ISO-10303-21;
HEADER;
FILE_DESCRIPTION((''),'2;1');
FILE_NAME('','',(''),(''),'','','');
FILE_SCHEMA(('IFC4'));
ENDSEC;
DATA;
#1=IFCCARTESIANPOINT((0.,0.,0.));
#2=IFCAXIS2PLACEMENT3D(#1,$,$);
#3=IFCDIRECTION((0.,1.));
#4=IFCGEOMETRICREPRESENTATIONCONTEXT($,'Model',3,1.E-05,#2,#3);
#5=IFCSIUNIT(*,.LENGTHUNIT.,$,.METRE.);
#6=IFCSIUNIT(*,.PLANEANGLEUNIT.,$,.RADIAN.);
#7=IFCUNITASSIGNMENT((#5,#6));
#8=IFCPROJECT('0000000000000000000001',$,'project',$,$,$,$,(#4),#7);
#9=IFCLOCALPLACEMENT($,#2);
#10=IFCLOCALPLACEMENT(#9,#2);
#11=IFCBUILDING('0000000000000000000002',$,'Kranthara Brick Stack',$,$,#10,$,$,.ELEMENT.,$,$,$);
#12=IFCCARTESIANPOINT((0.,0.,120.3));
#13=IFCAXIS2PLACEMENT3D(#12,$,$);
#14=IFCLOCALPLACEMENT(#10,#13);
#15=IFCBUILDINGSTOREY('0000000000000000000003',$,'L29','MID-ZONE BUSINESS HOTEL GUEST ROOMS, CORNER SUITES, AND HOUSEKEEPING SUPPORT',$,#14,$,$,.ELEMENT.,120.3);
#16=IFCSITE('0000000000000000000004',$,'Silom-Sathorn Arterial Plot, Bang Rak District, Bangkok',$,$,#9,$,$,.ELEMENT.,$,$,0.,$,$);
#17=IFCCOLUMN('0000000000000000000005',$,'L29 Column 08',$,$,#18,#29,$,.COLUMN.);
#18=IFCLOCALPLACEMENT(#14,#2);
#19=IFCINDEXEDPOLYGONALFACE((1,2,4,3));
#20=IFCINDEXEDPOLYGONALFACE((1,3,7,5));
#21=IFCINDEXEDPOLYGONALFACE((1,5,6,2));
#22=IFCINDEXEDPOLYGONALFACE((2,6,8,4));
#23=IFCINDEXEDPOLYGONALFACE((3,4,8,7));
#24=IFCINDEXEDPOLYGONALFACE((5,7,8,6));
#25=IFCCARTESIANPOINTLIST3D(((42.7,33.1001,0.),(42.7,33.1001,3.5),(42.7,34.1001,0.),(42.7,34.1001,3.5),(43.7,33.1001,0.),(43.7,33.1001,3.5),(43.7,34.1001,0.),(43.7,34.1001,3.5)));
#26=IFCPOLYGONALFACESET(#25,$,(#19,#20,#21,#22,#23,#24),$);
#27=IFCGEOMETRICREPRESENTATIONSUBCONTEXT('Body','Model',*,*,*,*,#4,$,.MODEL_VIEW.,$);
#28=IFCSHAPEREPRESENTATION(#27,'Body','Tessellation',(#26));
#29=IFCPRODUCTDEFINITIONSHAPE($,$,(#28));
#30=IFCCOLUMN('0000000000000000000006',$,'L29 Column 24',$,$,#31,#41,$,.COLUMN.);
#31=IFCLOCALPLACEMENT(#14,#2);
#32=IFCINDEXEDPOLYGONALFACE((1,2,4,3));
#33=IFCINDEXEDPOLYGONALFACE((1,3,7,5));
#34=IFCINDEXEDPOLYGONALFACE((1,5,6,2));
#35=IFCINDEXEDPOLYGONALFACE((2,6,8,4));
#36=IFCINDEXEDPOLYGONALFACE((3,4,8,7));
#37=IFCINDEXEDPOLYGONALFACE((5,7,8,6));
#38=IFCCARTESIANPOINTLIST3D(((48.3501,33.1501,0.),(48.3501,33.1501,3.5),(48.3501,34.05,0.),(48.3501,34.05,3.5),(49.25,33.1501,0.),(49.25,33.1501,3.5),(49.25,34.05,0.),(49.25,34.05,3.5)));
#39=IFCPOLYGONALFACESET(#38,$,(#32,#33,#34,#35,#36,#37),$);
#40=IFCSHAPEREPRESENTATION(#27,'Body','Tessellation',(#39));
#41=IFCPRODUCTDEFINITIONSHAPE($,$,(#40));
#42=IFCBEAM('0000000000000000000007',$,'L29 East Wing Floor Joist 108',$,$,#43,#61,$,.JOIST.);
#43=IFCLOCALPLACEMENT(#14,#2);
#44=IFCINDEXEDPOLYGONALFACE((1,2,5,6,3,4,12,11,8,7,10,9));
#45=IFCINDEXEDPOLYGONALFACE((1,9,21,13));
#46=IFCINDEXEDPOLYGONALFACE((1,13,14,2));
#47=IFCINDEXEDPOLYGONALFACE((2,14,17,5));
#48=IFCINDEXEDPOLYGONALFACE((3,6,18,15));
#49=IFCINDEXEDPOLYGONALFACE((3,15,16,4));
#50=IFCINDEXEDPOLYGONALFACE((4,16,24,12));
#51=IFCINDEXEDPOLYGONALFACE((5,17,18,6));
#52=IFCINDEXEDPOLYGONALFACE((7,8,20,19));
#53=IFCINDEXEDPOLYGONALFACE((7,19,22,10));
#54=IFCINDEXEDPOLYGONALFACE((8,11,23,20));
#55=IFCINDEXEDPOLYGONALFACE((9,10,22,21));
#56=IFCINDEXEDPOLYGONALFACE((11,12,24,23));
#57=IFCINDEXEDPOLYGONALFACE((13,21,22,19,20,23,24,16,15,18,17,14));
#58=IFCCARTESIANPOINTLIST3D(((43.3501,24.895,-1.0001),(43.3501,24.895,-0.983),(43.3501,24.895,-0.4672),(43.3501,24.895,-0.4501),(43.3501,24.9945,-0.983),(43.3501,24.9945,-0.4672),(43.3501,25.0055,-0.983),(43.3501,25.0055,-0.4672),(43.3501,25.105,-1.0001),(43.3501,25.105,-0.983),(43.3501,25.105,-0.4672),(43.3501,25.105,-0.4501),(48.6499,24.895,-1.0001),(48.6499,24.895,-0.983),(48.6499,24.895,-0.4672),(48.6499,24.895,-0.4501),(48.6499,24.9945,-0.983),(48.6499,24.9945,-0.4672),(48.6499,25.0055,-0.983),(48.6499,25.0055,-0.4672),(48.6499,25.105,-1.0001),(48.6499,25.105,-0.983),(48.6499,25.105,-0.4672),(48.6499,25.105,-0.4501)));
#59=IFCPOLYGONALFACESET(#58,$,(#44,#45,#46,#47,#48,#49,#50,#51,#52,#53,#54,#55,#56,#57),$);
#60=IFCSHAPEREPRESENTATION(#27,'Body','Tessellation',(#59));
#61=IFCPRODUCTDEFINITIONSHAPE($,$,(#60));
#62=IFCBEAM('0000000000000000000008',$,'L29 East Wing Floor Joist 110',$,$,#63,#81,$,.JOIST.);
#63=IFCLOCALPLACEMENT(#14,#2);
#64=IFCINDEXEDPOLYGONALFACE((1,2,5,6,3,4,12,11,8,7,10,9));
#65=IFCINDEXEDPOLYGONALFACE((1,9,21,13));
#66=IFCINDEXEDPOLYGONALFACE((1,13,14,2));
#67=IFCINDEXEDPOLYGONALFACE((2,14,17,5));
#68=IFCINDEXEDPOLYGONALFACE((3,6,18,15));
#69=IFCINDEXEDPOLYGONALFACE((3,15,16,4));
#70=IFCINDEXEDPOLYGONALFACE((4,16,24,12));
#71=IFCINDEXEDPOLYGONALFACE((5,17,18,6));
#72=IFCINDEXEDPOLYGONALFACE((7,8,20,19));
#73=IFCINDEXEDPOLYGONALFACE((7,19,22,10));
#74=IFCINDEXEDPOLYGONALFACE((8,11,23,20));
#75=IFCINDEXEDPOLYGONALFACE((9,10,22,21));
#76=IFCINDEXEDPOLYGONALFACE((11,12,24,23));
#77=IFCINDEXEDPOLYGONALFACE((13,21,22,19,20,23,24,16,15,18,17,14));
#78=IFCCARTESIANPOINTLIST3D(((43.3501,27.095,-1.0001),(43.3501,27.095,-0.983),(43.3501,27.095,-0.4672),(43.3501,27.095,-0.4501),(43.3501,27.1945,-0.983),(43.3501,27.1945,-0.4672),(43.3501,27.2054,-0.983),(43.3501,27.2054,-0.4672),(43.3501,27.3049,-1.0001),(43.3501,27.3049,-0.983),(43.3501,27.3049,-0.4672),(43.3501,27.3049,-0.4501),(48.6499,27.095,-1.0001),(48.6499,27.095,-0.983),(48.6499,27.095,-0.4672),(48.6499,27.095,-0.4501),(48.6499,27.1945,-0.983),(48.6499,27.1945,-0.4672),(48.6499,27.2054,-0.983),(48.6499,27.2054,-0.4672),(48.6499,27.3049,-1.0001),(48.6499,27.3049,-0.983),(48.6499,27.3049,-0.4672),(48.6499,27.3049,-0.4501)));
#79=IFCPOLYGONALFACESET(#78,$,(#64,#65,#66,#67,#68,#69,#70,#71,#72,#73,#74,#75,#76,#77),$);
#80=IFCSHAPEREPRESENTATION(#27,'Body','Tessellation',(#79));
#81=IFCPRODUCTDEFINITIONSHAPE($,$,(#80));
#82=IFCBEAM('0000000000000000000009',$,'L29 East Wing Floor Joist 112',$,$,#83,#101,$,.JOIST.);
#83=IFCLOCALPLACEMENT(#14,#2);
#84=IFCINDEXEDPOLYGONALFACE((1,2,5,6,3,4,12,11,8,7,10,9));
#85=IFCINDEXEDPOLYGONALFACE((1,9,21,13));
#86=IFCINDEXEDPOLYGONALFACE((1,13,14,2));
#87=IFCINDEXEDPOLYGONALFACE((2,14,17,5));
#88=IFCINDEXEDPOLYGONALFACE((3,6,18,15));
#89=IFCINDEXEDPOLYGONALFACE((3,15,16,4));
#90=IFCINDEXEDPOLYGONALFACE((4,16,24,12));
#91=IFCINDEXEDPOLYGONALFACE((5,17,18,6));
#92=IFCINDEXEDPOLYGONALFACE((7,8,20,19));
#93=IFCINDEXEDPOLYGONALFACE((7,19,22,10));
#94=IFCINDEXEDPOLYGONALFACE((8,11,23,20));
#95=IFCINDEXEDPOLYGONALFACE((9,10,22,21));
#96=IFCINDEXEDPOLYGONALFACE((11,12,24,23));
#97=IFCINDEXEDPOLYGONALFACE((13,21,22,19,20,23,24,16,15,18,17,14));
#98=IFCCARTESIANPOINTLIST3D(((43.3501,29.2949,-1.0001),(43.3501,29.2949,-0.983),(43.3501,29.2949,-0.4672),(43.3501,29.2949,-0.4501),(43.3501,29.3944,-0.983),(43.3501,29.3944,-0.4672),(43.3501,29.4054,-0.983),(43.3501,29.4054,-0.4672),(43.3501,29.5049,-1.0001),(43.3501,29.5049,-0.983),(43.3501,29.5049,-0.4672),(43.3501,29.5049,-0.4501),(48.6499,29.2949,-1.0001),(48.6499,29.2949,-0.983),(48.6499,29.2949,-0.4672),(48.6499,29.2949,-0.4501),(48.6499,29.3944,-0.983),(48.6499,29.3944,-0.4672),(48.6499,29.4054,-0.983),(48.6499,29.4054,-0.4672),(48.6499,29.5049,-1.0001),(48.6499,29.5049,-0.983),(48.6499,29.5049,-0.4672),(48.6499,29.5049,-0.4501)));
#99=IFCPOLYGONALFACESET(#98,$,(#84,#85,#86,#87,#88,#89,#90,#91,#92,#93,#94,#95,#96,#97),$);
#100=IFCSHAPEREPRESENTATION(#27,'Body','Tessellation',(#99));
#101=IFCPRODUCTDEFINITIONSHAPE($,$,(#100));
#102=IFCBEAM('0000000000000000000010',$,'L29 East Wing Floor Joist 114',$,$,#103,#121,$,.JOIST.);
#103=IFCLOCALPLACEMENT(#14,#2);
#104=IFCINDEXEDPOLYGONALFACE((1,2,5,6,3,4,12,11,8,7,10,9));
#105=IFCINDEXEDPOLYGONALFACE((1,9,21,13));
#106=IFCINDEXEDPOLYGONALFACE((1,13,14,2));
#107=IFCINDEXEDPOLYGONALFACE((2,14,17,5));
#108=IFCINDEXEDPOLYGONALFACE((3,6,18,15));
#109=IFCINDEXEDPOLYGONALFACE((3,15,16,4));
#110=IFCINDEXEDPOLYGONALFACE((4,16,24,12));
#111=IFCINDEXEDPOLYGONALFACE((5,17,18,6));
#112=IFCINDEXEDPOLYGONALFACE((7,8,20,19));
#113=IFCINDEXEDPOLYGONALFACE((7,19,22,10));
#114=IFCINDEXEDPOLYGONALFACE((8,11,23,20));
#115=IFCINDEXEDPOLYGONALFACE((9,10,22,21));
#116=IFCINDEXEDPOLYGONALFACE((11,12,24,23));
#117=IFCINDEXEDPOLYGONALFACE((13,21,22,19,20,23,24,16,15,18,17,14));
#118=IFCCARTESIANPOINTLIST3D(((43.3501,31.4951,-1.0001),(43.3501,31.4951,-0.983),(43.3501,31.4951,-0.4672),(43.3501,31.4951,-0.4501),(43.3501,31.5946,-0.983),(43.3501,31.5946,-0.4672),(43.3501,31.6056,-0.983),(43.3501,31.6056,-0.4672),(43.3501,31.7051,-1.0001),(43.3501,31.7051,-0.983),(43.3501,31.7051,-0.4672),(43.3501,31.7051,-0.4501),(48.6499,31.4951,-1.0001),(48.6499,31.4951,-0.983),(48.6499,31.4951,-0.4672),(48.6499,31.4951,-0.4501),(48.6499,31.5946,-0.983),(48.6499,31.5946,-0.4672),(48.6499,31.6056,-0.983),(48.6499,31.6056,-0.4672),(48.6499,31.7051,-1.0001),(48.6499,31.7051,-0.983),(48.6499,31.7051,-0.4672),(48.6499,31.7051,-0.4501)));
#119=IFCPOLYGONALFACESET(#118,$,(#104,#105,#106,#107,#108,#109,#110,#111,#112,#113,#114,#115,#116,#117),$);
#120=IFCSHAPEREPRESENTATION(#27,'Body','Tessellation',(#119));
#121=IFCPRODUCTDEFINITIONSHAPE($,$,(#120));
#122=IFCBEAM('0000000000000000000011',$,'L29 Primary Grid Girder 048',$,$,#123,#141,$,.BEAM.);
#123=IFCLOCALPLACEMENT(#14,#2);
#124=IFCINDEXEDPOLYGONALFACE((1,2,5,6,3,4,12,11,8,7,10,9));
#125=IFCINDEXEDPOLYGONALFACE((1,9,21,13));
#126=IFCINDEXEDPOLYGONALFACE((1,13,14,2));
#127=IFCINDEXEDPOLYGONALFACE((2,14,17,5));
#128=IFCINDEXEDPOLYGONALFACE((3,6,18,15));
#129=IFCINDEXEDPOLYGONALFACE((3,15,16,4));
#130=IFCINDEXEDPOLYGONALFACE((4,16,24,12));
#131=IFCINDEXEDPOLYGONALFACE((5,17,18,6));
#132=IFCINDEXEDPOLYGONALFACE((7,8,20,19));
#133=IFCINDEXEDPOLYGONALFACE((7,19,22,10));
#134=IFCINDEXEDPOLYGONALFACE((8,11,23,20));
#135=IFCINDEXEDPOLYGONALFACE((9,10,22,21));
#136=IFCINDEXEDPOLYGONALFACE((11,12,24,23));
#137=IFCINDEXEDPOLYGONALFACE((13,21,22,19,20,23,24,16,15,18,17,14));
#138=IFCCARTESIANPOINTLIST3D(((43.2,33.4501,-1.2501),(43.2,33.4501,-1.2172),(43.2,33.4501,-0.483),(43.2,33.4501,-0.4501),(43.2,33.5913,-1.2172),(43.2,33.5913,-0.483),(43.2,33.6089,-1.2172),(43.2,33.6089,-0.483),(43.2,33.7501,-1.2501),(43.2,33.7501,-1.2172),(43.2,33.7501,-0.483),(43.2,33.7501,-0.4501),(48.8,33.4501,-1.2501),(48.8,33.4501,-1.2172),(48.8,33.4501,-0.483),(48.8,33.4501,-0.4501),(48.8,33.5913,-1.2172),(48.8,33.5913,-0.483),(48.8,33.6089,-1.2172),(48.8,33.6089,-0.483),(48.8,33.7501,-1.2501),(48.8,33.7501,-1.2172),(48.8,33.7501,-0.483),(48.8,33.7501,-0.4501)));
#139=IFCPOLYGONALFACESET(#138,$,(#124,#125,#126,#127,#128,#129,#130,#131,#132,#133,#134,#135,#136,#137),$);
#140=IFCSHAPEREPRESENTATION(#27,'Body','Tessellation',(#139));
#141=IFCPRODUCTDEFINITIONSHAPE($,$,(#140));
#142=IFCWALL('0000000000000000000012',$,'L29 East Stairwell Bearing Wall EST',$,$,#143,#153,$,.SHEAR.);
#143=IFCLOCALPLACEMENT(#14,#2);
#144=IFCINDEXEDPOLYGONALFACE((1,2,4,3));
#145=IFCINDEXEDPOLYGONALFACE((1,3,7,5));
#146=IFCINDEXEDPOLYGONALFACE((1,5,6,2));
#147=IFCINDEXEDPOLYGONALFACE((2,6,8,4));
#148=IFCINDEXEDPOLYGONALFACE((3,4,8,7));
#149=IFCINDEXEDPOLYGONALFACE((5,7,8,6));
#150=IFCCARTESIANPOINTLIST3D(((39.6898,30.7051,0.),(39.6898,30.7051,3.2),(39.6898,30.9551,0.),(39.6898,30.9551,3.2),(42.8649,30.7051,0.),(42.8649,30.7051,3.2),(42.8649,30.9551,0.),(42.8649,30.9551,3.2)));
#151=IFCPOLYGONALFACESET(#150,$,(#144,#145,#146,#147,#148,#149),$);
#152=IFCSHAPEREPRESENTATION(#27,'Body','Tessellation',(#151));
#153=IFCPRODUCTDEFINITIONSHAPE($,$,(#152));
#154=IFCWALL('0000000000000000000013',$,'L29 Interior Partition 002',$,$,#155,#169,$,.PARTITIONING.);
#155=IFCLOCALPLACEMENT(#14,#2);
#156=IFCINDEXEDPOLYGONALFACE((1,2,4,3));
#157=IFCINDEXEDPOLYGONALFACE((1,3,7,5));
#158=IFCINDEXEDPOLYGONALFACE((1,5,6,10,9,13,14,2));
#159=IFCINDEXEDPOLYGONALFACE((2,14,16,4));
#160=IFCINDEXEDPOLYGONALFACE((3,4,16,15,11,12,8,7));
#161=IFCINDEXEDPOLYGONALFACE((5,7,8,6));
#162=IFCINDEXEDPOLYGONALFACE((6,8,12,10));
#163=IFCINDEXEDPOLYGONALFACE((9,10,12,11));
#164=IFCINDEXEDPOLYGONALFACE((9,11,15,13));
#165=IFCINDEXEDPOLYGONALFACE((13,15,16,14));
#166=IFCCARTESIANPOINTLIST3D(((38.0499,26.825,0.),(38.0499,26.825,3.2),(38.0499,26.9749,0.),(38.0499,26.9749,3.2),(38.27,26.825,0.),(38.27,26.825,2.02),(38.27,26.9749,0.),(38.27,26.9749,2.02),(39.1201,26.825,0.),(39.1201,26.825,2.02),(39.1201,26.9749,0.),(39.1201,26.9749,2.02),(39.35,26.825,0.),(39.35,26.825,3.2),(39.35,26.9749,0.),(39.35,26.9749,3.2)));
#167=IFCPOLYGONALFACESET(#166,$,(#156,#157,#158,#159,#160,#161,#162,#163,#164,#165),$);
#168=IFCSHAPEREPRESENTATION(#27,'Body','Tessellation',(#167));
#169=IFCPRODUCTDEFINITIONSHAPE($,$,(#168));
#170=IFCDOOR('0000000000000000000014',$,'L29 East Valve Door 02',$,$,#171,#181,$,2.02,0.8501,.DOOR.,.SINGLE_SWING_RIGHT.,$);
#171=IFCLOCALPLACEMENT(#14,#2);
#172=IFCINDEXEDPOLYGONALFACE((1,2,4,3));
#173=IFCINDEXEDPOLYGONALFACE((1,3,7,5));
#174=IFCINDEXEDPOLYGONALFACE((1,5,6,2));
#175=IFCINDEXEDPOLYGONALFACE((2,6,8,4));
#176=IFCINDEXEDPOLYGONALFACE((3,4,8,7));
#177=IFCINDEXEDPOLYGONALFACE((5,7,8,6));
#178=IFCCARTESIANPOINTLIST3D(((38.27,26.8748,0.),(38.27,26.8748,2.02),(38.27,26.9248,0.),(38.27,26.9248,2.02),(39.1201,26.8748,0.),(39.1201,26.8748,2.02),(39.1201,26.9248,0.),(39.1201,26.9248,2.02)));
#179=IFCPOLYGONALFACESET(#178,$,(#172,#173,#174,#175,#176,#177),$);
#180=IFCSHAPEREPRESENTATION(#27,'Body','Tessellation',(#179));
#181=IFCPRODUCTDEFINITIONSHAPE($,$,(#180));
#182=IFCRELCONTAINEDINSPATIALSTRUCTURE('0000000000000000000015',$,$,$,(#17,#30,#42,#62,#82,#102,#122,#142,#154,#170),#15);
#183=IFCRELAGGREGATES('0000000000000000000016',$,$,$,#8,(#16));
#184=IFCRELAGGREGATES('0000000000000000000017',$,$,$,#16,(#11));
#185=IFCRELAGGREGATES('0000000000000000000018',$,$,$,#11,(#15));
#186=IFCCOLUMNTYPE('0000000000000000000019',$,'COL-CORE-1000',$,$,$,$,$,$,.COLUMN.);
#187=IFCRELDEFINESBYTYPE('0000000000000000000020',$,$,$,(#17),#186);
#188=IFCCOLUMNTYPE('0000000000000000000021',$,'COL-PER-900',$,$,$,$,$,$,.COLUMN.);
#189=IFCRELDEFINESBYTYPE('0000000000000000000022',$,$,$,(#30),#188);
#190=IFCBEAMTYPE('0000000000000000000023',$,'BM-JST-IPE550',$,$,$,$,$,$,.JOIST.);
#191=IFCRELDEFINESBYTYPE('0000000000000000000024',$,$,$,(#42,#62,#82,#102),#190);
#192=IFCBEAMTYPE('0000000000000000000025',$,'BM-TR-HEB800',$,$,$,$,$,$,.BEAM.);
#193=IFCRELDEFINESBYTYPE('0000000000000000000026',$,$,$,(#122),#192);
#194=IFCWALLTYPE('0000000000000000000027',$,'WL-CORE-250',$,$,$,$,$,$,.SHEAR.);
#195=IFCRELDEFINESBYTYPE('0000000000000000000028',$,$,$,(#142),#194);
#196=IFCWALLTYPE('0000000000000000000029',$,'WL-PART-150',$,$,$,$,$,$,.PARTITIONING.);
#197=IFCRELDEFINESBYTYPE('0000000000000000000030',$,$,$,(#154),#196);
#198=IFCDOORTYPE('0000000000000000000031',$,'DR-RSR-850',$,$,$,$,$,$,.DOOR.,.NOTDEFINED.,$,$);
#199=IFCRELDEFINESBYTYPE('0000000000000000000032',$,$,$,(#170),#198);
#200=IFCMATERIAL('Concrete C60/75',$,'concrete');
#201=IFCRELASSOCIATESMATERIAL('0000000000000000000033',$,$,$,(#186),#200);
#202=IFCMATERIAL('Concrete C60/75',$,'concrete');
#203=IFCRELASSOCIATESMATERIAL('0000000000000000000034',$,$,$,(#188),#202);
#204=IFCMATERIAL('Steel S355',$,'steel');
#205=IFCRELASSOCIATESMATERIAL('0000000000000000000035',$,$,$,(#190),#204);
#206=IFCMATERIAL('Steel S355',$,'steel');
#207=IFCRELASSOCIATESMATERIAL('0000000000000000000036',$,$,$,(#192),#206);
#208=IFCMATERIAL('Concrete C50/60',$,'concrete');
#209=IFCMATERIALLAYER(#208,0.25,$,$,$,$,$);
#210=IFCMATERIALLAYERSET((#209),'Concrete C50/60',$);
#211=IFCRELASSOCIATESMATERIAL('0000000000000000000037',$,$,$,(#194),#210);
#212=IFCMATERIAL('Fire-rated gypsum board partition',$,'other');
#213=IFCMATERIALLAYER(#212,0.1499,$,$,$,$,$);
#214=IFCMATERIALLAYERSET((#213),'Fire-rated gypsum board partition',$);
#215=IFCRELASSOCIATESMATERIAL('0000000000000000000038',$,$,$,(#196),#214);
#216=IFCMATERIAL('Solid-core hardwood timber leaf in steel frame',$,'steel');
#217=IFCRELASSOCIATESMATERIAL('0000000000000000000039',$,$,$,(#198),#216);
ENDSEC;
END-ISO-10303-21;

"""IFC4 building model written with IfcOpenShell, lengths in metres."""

from ifc_helpers import new_model, si_unit, direction, frame, frame_2d, origin, origin_2d, place, context, subcontext, project, spatial, rectangle, i_section, extrude, material, layer, layer_set, material_profile, profile_set, type_object, element, fill, save


model = new_model("IFC4")

# Units and contexts
model_context = context("Model", 3, precision=1e-05, world=origin(), true_north=direction((0.0, 1.0)))
body_context = subcontext(model_context, "Body", "Model", "MODEL_VIEW")
ifc_project = project(units=[si_unit("LENGTHUNIT", "METRE"), si_unit("PLANEANGLEUNIT", "RADIAN")], contexts=[model_context])

# Site, building, storey
site_placement = place(None, origin())
site = spatial("IfcSite", under=ifc_project, at=site_placement, Name="Silom-Sathorn Arterial Plot, Bang Rak District, Bangkok", CompositionType="ELEMENT", RefElevation=0.0)
building_placement = place(site_placement, origin())
building = spatial("IfcBuilding", under=site, at=building_placement, Name="Kranthara Brick Stack", CompositionType="ELEMENT")
storey_placement = place(building_placement, frame((0.0, 0.0, 120.3)))
storey = spatial("IfcBuildingStorey", under=building, at=storey_placement, Name="L29", Description="MID-ZONE BUSINESS HOTEL GUEST ROOMS, CORNER SUITES, AND HOUSEKEEPING SUPPORT", CompositionType="ELEMENT", Elevation=120.3)

# Columns
ifc_material_1 = material(Name="Concrete C60/75", Category="concrete")
ifc_material_profile_1 = material_profile(ifc_material_1, rectangle(XDim=1.0, YDim=1.0, at=origin_2d()), Name="RC 1000x1000")
ifc_profile_set_1 = profile_set([ifc_material_profile_1], Name="Concrete C60/75")
column_type_1 = type_object("IfcColumnType", Name="COL-CORE-1000", PredefinedType="COLUMN", material=ifc_profile_set_1)
column_1_placement = place(storey_placement, frame((43.2, 33.6001, 0.0), z_axis=(0.0, 0.0, 1.0), x_axis=(1.0, 0.0, 0.0)))
element("IfcColumn", 1, at=column_1_placement, inside=storey, type_object=column_type_1, Name="L29 Column 08", PredefinedType="COLUMN", context=body_context, shape_type="SweptSolid", body=[
    extrude(rectangle(XDim=1.0, YDim=1.0, at=origin_2d()), origin(), (0.0, 0.0, 1.0), 3.5),
])
ifc_material_2 = material(Name="Concrete C60/75", Category="concrete")
ifc_material_profile_2 = material_profile(ifc_material_2, rectangle(XDim=0.8999, YDim=0.8999, at=origin_2d()), Name="RC 900x900")
ifc_profile_set_2 = profile_set([ifc_material_profile_2], Name="Concrete C60/75")
column_type_2 = type_object("IfcColumnType", Name="COL-PER-900", PredefinedType="COLUMN", material=ifc_profile_set_2)
column_2_placement = place(storey_placement, frame((48.8, 33.6001, 0.0), z_axis=(0.0, 0.0, 1.0), x_axis=(1.0, 0.0, 0.0)))
element("IfcColumn", 2, at=column_2_placement, inside=storey, type_object=column_type_2, Name="L29 Column 24", PredefinedType="COLUMN", context=body_context, shape_type="SweptSolid", body=[
    extrude(rectangle(XDim=0.8999, YDim=0.8999, at=origin_2d()), origin(), (0.0, 0.0, 1.0), 3.5),
])

# Beams
ifc_material_3 = material(Name="Steel S355", Category="steel")
ifc_material_profile_3 = material_profile(ifc_material_3, i_section(OverallWidth=0.21, OverallDepth=0.55, WebThickness=0.011, FlangeThickness=0.0171, at=origin_2d()), Name="IPE 550")
ifc_profile_set_3 = profile_set([ifc_material_profile_3], Name="Steel S355")
beam_type_1 = type_object("IfcBeamType", Name="BM-JST-IPE550", PredefinedType="JOIST", material=ifc_profile_set_3)
for number, where, z_axis, x_axis, name in (
    (3, (43.3501, 25.0, -0.7251), (1.0, 0.0, 0.0), (0.0, 1.0, 0.0), "L29 East Wing Floor Joist 108"),
    (4, (43.3501, 27.2, -0.7251), (1.0, 0.0, 0.0), (0.0, 1.0, 0.0), "L29 East Wing Floor Joist 110"),
    (5, (43.3501, 29.3999, -0.7251), (1.0, 0.0, 0.0), (0.0, 1.0, 0.0), "L29 East Wing Floor Joist 112"),
    (6, (43.3501, 31.6001, -0.7251), (1.0, 0.0, 0.0), (0.0, 1.0, 0.0), "L29 East Wing Floor Joist 114"),
):
    element("IfcBeam", number, at=place(storey_placement, frame(where, z_axis=z_axis, x_axis=x_axis)), inside=storey, type_object=beam_type_1, Name=name, PredefinedType="JOIST", context=body_context, shape_type="SweptSolid", body=[
        extrude(i_section(OverallWidth=0.21, OverallDepth=0.55, WebThickness=0.011, FlangeThickness=0.0171, at=origin_2d()), origin(), (0.0, 0.0, 1.0), 5.2998),
    ])
ifc_material_4 = material(Name="Steel S355", Category="steel")
ifc_material_profile_4 = material_profile(ifc_material_4, i_section(OverallWidth=0.3, OverallDepth=0.8, WebThickness=0.0176, FlangeThickness=0.033, at=origin_2d()), Name="HEB 800")
ifc_profile_set_4 = profile_set([ifc_material_profile_4], Name="Steel S355")
beam_type_2 = type_object("IfcBeamType", Name="BM-TR-HEB800", PredefinedType="BEAM", material=ifc_profile_set_4)
beam_placement = place(storey_placement, frame((43.2, 33.6001, -0.8501), z_axis=(1.0, 0.0, 0.0), x_axis=(0.0, 1.0, 0.0)))
element("IfcBeam", 7, at=beam_placement, inside=storey, type_object=beam_type_2, Name="L29 Primary Grid Girder 048", PredefinedType="BEAM", context=body_context, shape_type="SweptSolid", body=[
    extrude(i_section(OverallWidth=0.3, OverallDepth=0.8, WebThickness=0.0176, FlangeThickness=0.033, at=origin_2d()), origin(), (0.0, 0.0, 1.0), 5.6001),
])

# Wall
ifc_material_5 = material(Name="Concrete C50/60", Category="concrete")
ifc_layer_1 = layer(ifc_material_5, 0.25)
ifc_layer_set_1 = layer_set([ifc_layer_1], Name="Concrete C50/60")
wall_type_1 = type_object("IfcWallType", Name="WL-CORE-250", PredefinedType="SHEAR", material=ifc_layer_set_1)
wall_1_placement = place(storey_placement, frame((39.6899, 30.8301, 0.0), z_axis=(0.0, 0.0, 1.0), x_axis=(1.0, 0.0, 0.0)))
element("IfcWall", 8, at=wall_1_placement, inside=storey, type_object=wall_type_1, Name="L29 East Stairwell Bearing Wall EST", PredefinedType="SHEAR", context=body_context, shape_type="SweptSolid", body=[
    extrude(rectangle(XDim=3.175, YDim=0.25, at=frame_2d((1.5874, 0.0))), origin(), (0.0, 0.0, 1.0), 3.2),
])

# Wall, opening, door
ifc_material_6 = material(Name="Fire-rated gypsum board partition", Category="other")
ifc_layer_2 = layer(ifc_material_6, 0.1499)
ifc_layer_set_2 = layer_set([ifc_layer_2], Name="Fire-rated gypsum board partition")
wall_type_2 = type_object("IfcWallType", Name="WL-PART-150", PredefinedType="PARTITIONING", material=ifc_layer_set_2)
wall_2_placement = place(storey_placement, frame((38.05, 26.8999, 0.0), z_axis=(0.0, 0.0, 1.0), x_axis=(1.0, 0.0, 0.0)))
wall_2 = element("IfcWall", 9, at=wall_2_placement, inside=storey, type_object=wall_type_2, Name="L29 Interior Partition 002", PredefinedType="PARTITIONING", context=body_context, shape_type="SweptSolid", body=[
    extrude(rectangle(XDim=1.3, YDim=0.1499, at=frame_2d((0.6499, 0.0))), origin(), (0.0, 0.0, 1.0), 3.2),
])
opening_1_placement = place(wall_2_placement, frame((0.22, 0.0, 0.0)))
opening_1 = element("IfcOpeningElement", 10, at=opening_1_placement, cuts=wall_2, PredefinedType="OPENING", context=body_context, shape_type="SweptSolid", body=[
    extrude(rectangle(XDim=0.8501, YDim=2.02, at=frame_2d((0.425, 1.01))), frame((0.0, 0.085, 0.0), z_axis=(0.0, -1.0, 0.0), x_axis=(1.0, 0.0, 0.0)), (0.0, 0.0, 1.0), 0.1699),
])
ifc_material_7 = material(Name="Solid-core hardwood timber leaf in steel frame", Category="steel")
door_type = type_object("IfcDoorType", Name="DR-RSR-850", OperationType="NOTDEFINED", PredefinedType="DOOR", material=ifc_material_7)
door_1_placement = place(opening_1_placement, origin())
door_1 = element("IfcDoor", 11, at=door_1_placement, inside=storey, type_object=door_type, Name="L29 East Valve Door 02", OperationType="SINGLE_SWING_RIGHT", OverallHeight=2.02, OverallWidth=0.8501, PredefinedType="DOOR", context=body_context, shape_type="SweptSolid", body=[
    extrude(rectangle(XDim=0.8501, YDim=2.02, at=frame_2d((0.425, 1.01))), frame((0.0, 0.0249, 0.0), z_axis=(0.0, -1.0, 0.0), x_axis=(1.0, 0.0, 0.0)), (0.0, 0.0, 1.0), 0.05),
])
fill(opening_1, door_1)

save(model, "model.ifc")
